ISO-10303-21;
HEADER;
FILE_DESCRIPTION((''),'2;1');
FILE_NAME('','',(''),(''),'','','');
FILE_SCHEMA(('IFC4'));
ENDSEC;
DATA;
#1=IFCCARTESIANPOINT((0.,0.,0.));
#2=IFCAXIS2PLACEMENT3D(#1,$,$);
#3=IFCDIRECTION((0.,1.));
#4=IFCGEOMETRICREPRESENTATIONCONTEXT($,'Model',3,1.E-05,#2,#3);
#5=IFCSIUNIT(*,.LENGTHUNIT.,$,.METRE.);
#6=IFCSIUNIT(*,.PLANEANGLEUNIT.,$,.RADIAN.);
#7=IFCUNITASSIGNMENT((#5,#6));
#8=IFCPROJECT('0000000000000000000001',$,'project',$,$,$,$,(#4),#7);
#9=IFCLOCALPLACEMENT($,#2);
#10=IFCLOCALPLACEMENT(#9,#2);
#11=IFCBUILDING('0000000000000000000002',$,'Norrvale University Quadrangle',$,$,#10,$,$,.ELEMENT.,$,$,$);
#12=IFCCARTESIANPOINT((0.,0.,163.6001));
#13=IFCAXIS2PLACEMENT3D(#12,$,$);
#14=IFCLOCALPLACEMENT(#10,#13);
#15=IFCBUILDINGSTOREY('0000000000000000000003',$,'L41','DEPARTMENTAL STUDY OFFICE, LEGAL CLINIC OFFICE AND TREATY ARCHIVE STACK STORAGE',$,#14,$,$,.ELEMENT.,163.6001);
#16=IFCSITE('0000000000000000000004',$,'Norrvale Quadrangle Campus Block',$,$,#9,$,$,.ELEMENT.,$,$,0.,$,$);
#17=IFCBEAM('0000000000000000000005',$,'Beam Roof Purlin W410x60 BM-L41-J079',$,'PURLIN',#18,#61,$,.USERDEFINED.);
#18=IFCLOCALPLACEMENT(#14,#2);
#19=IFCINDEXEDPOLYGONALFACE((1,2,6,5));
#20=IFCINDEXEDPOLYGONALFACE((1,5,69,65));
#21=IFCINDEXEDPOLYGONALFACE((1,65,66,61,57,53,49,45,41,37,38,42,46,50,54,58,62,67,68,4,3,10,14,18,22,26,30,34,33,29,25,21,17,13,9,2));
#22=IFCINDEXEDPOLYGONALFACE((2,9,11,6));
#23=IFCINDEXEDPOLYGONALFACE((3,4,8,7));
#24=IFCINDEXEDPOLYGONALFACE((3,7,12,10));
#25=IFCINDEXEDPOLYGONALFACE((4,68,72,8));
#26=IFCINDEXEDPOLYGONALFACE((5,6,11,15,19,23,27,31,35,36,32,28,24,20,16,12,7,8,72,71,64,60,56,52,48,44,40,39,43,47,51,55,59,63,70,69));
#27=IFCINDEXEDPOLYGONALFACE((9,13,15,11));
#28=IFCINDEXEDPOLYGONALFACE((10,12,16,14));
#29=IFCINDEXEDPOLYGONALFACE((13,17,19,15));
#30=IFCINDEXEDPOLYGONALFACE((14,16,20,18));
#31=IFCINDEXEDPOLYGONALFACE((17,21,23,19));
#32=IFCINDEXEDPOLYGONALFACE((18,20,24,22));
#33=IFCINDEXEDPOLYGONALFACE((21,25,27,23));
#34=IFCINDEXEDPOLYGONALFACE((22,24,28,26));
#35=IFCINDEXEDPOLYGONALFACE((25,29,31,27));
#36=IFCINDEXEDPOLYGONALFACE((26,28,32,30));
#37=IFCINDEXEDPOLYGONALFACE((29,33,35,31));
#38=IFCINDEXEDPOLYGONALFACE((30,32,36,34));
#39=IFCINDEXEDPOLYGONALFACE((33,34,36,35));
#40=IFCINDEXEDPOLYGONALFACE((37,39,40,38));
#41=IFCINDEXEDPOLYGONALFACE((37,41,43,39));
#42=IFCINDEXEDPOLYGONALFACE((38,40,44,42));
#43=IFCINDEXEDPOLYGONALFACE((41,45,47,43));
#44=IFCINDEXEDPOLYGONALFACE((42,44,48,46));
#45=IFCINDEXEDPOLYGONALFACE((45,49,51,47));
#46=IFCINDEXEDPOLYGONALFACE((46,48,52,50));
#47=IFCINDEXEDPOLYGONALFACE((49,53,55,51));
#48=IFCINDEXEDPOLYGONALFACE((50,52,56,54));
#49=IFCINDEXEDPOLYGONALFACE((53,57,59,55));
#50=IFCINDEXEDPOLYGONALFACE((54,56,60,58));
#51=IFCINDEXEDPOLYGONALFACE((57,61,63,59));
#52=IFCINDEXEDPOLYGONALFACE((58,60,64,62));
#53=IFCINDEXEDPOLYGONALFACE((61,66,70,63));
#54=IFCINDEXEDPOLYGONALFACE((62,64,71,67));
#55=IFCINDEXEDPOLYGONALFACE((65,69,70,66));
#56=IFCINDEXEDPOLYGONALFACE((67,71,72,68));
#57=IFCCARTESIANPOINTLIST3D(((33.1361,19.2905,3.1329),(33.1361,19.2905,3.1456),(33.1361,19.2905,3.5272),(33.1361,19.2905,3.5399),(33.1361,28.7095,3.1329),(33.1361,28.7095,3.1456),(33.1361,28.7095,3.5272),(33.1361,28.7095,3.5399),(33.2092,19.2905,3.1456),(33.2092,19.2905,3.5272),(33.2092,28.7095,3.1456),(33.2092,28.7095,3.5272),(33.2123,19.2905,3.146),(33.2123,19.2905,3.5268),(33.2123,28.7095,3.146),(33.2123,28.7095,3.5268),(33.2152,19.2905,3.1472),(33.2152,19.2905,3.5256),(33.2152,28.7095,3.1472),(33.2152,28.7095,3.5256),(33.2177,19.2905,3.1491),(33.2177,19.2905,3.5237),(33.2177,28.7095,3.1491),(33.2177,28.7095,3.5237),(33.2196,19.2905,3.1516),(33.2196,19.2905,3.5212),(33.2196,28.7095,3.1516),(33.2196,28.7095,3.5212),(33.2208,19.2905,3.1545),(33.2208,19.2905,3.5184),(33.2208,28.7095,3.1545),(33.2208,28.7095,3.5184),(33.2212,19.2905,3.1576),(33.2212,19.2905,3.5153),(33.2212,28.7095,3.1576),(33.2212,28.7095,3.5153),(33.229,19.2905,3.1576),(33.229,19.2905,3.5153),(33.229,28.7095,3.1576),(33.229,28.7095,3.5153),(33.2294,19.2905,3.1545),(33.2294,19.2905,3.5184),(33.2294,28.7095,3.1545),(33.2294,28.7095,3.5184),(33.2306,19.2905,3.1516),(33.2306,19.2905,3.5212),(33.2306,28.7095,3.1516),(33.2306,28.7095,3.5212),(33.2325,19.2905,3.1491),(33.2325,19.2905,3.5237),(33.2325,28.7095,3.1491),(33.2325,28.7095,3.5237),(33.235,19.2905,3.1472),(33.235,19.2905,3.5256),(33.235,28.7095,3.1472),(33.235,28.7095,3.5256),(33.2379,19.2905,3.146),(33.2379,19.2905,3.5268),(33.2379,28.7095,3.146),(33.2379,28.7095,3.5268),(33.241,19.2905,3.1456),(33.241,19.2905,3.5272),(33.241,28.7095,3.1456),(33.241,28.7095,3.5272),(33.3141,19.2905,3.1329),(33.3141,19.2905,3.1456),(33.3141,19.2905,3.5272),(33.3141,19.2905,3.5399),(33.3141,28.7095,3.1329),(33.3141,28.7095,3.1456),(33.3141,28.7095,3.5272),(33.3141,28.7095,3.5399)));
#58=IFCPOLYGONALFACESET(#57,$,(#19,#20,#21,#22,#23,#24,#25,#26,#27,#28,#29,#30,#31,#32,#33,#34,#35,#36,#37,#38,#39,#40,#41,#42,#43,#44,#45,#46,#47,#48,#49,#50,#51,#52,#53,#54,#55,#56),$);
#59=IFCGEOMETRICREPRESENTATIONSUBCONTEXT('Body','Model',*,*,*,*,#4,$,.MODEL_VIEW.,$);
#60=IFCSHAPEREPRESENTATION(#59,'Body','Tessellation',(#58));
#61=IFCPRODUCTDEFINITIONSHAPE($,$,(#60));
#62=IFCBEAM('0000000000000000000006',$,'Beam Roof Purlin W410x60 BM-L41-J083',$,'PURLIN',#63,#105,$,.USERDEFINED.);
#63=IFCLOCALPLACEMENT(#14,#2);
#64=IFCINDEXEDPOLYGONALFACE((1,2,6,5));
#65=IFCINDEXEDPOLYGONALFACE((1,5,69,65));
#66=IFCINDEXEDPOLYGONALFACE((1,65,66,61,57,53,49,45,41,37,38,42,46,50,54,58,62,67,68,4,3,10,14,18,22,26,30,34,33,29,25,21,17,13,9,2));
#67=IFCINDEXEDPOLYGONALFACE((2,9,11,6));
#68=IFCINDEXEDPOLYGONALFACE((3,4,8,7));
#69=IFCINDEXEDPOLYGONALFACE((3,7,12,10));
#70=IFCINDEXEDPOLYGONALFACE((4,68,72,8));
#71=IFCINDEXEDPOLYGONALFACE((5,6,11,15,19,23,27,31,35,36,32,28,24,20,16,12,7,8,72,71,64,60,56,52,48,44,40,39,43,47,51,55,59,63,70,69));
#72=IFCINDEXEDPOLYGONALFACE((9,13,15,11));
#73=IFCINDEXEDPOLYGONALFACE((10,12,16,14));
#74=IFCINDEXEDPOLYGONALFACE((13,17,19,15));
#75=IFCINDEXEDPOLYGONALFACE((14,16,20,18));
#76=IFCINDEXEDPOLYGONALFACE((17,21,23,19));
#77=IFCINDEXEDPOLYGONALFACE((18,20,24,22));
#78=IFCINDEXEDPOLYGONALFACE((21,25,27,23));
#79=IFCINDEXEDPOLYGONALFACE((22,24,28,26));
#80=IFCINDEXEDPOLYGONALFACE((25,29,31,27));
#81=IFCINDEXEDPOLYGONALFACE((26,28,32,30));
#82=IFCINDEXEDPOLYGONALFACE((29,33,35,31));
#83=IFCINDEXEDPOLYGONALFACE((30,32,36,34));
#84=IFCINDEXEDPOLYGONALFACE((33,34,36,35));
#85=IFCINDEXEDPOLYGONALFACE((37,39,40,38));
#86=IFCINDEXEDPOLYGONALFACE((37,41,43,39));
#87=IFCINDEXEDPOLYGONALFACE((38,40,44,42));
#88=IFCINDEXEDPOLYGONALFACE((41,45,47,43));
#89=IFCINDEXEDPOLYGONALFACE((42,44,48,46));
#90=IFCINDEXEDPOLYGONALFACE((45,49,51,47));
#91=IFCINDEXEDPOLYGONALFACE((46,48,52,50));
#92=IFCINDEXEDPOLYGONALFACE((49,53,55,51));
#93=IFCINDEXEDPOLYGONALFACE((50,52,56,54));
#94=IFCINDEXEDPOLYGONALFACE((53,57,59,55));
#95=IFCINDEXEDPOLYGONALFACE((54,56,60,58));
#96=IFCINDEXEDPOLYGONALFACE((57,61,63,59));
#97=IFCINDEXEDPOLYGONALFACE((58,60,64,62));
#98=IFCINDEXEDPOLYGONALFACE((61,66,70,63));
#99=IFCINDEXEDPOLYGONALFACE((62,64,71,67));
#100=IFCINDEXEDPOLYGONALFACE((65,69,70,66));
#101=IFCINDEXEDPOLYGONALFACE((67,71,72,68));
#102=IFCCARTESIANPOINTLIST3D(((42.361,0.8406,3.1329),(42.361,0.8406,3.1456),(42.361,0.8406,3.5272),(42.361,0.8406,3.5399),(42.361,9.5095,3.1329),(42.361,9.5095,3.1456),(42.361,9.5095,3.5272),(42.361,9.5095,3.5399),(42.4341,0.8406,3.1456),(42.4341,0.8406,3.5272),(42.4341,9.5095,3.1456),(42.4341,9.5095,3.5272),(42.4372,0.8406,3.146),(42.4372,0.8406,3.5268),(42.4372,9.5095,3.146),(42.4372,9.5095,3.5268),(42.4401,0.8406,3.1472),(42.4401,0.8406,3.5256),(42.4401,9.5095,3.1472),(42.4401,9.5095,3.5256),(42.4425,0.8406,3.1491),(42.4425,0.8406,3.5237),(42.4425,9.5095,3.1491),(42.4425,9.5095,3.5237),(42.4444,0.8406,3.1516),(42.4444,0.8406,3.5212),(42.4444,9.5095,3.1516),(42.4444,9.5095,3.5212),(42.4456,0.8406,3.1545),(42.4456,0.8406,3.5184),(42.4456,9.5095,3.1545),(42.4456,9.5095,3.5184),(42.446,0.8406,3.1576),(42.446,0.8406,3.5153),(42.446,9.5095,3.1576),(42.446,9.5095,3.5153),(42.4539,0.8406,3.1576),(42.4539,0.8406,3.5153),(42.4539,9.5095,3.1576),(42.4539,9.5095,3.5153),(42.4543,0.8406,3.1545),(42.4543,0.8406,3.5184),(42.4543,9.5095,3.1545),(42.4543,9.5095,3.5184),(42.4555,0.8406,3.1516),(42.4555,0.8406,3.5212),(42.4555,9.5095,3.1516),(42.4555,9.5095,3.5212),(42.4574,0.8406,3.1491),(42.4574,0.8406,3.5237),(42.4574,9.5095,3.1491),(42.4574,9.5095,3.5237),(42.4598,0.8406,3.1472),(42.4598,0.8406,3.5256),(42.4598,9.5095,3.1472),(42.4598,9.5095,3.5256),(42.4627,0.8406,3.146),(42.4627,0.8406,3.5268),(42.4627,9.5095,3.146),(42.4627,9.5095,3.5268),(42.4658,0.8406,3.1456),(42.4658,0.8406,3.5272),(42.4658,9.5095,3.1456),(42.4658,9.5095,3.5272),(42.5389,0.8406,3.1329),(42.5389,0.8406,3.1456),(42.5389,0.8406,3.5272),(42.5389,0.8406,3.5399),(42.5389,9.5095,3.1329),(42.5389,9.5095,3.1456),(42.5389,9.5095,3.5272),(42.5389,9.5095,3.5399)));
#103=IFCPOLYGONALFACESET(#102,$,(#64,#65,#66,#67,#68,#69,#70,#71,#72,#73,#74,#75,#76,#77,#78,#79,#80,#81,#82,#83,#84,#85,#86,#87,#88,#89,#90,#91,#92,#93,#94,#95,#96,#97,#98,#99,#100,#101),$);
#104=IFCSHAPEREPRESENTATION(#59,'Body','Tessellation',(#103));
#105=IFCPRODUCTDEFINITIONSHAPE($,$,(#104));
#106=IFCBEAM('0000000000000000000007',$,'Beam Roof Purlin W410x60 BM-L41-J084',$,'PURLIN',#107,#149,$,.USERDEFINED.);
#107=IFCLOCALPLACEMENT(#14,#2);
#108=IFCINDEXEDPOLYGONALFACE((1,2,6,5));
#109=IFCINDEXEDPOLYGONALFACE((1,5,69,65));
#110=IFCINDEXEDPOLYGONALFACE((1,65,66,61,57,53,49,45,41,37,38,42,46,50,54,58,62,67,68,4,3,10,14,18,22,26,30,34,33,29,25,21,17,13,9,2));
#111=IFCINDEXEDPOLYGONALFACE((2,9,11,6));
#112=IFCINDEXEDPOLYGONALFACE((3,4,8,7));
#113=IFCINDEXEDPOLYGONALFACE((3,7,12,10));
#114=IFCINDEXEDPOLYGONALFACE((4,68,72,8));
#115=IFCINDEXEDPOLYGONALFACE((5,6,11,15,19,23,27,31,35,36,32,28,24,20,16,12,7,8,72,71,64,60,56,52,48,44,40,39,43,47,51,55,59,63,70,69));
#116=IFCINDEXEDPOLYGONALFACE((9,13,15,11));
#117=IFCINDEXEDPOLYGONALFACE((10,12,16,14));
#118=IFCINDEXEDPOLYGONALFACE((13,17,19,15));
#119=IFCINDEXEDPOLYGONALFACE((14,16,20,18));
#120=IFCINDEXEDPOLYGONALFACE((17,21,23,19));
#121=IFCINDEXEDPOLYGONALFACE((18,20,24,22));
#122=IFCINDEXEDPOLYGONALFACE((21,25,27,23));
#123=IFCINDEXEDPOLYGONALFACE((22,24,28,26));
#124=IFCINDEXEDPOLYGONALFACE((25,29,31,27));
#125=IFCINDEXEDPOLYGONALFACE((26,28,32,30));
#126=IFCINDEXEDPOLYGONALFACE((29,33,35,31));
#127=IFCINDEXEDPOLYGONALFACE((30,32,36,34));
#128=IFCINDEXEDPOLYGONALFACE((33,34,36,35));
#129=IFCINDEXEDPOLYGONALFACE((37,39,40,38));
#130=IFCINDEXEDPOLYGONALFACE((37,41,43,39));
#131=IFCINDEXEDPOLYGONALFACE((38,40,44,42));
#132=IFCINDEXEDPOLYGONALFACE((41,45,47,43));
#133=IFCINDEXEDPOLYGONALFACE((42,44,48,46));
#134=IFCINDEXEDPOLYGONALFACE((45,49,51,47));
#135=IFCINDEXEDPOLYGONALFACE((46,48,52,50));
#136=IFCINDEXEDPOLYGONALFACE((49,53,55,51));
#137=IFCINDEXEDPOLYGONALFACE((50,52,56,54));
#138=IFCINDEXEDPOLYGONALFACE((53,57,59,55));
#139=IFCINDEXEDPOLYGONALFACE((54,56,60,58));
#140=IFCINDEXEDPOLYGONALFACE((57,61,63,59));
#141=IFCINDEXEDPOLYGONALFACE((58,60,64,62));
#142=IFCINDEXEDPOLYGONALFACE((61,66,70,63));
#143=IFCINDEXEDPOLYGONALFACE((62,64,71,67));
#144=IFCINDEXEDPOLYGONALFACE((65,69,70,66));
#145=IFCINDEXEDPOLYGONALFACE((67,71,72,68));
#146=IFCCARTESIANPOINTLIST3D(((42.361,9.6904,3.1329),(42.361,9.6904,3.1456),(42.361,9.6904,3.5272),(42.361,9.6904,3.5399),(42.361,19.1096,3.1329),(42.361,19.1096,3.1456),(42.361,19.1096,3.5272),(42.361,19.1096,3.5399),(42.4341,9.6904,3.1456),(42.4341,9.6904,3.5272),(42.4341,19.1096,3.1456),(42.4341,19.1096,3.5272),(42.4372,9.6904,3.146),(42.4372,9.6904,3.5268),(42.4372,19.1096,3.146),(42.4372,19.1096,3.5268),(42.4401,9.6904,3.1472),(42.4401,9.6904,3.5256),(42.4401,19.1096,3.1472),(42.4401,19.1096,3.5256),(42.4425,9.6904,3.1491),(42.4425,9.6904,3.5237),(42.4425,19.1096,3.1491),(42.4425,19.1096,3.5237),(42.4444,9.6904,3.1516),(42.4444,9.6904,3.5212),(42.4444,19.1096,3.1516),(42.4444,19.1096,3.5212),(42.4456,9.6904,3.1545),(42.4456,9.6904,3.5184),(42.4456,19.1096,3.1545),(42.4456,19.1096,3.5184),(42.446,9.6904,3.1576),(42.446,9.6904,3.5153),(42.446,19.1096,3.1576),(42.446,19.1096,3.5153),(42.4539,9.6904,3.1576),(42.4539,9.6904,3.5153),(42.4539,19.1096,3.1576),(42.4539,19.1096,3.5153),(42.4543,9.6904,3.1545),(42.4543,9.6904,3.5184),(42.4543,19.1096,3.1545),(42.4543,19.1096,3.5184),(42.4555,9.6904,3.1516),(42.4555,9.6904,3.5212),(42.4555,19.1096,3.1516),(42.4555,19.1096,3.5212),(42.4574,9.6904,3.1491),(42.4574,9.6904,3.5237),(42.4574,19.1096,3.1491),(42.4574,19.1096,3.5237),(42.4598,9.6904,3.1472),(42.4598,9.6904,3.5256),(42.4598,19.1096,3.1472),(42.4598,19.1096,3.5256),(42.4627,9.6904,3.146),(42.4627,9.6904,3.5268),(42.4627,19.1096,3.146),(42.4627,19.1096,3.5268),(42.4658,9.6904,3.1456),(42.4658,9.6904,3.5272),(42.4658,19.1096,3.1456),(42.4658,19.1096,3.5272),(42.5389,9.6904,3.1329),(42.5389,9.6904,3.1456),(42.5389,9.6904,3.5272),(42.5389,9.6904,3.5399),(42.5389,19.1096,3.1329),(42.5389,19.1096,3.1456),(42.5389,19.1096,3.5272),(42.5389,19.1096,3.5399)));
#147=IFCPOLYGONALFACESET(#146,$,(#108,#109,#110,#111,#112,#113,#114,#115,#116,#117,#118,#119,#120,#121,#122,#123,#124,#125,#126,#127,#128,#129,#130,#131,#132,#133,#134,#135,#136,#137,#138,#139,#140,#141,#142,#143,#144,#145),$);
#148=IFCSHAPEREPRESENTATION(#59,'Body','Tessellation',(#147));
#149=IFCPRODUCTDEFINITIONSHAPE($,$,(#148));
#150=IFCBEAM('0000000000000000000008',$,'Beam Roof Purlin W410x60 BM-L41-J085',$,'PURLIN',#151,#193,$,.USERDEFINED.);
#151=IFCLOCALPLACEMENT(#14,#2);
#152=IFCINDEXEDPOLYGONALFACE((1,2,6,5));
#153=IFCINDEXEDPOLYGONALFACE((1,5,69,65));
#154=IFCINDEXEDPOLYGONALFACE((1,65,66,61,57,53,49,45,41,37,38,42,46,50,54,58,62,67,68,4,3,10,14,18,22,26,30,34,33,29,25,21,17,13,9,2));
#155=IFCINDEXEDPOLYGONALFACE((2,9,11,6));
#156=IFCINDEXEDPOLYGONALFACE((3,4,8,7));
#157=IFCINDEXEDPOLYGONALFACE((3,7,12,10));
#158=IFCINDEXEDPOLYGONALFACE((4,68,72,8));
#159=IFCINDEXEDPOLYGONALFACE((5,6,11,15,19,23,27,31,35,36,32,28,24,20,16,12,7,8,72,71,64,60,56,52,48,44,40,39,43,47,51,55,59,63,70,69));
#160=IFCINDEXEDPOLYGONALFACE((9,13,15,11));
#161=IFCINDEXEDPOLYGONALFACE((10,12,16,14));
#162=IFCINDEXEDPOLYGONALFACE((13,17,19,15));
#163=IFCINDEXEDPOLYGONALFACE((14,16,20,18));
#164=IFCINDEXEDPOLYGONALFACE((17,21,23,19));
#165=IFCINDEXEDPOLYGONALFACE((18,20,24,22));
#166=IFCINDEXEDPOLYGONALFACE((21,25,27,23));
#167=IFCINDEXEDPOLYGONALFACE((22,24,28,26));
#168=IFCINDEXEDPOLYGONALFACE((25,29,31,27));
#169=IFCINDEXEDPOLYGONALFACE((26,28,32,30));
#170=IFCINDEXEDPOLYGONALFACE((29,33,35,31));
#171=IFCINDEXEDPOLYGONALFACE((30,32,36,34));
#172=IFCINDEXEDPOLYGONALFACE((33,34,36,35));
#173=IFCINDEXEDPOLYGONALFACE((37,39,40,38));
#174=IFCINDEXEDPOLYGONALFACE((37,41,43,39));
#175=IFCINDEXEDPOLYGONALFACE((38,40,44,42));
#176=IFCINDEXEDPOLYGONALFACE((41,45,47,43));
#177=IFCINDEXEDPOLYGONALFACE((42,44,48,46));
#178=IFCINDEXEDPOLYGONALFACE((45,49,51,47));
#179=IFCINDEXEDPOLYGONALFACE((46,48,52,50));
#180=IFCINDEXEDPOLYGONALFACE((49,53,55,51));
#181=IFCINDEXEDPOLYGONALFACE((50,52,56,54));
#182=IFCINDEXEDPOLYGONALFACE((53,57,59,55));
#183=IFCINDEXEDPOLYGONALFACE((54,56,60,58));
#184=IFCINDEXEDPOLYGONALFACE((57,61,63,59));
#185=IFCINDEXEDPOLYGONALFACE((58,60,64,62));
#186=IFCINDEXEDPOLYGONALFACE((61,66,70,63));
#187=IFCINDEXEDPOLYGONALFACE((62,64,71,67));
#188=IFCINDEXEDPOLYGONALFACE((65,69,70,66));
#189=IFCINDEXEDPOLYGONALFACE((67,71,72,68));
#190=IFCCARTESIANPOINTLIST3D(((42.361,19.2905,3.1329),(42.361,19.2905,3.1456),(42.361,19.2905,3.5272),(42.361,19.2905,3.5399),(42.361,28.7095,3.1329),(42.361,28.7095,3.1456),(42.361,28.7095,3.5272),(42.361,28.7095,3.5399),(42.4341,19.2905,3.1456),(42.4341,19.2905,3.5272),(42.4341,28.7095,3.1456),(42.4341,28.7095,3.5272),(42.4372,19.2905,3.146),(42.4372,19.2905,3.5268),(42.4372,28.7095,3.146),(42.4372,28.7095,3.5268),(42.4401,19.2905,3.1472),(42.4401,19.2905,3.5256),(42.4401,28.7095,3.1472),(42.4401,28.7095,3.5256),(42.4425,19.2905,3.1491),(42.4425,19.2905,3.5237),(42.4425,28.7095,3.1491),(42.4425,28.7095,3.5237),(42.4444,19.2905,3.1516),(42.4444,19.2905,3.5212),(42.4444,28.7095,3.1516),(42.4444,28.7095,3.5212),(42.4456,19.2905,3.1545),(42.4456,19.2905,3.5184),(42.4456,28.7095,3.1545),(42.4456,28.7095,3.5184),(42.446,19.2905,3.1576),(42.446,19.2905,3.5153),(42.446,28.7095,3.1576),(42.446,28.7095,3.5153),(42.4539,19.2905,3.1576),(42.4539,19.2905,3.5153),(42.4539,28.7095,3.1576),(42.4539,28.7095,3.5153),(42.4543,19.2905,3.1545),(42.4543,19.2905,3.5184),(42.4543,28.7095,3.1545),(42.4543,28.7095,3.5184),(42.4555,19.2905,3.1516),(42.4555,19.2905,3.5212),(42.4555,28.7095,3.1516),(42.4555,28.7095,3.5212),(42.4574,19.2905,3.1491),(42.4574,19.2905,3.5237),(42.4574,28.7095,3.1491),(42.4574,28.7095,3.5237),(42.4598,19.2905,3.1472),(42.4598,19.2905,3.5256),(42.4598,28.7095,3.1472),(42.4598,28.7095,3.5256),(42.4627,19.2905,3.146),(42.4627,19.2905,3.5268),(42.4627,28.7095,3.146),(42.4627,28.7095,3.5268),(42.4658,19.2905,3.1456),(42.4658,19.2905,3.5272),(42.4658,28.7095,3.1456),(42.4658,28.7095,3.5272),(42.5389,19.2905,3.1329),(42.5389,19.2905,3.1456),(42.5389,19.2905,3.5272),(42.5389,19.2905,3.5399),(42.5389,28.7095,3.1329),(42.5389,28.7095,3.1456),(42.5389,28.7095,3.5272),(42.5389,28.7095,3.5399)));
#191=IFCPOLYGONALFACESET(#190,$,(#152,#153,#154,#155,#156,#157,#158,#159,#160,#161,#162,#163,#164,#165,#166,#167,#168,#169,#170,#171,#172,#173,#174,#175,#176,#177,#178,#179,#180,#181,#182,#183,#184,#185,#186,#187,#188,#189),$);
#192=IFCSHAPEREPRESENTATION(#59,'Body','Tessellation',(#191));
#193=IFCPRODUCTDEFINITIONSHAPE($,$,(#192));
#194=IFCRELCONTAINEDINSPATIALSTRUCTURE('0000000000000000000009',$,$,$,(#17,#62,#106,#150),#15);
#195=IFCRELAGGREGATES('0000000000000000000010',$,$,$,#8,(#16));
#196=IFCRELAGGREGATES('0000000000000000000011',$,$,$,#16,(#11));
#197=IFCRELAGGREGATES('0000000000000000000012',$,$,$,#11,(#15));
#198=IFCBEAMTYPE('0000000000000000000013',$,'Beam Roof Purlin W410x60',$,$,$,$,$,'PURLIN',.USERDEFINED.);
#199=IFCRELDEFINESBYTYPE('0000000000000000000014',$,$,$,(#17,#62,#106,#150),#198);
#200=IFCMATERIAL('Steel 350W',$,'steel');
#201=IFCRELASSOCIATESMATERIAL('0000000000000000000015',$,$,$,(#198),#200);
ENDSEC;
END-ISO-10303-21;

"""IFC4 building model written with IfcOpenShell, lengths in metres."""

from ifc_helpers import new_model, si_unit, direction, frame, origin, origin_2d, place, context, subcontext, project, spatial, i_section, extrude, material, material_profile, profile_set, type_object, element, save


model = new_model("IFC4")

# Units and contexts
model_context = context("Model", 3, precision=1e-05, world=origin(), true_north=direction((0.0, 1.0)))
body_context = subcontext(model_context, "Body", "Model", "MODEL_VIEW")
ifc_project = project(units=[si_unit("LENGTHUNIT", "METRE"), si_unit("PLANEANGLEUNIT", "RADIAN")], contexts=[model_context])

# Site, building, storey
site_placement = place(None, origin())
site = spatial("IfcSite", under=ifc_project, at=site_placement, Name="Norrvale Quadrangle Campus Block", CompositionType="ELEMENT", RefElevation=0.0)
building_placement = place(site_placement, origin())
building = spatial("IfcBuilding", under=site, at=building_placement, Name="Norrvale University Quadrangle", CompositionType="ELEMENT")
storey_placement = place(building_placement, frame((0.0, 0.0, 163.6001)))
storey = spatial("IfcBuildingStorey", under=building, at=storey_placement, Name="L41", Description="DEPARTMENTAL STUDY OFFICE, LEGAL CLINIC OFFICE AND TREATY ARCHIVE STACK STORAGE", CompositionType="ELEMENT", Elevation=163.6001)

# Beams
ifc_material_1 = material(Name="Steel 350W", Category="steel")
ifc_material_profile_1 = material_profile(ifc_material_1, i_section(OverallWidth=0.178, OverallDepth=0.407, WebThickness=0.0078, FlangeThickness=0.0127, FilletRadius=0.012, at=origin_2d()), Name="Steel 350W")
ifc_profile_set_1 = profile_set([ifc_material_profile_1], Name="Steel 350W")
beam_type_1 = type_object("IfcBeamType", Name="Beam Roof Purlin W410x60", ElementType="PURLIN", PredefinedType="USERDEFINED", material=ifc_profile_set_1)
beam_1_placement = place(storey_placement, frame((33.2251, 19.2905, 3.3364), z_axis=(0.0, 1.0, 0.0), x_axis=(-1.0, 0.0, 0.0)))
element("IfcBeam", 1, at=beam_1_placement, inside=storey, type_object=beam_type_1, Name="Beam Roof Purlin W410x60 BM-L41-J079", ObjectType="PURLIN", PredefinedType="USERDEFINED", context=body_context, shape_type="SweptSolid", body=[
    extrude(i_section(OverallWidth=0.178, OverallDepth=0.407, WebThickness=0.0078, FlangeThickness=0.0127, FilletRadius=0.012, at=origin_2d()), origin(), (0.0, 0.0, 1.0), 9.4189),
])
beam_2_placement = place(storey_placement, frame((42.45, 0.8406, 3.3364), z_axis=(0.0, 1.0, 0.0), x_axis=(-1.0, 0.0, 0.0)))
element("IfcBeam", 2, at=beam_2_placement, inside=storey, type_object=beam_type_1, Name="Beam Roof Purlin W410x60 BM-L41-J083", ObjectType="PURLIN", PredefinedType="USERDEFINED", context=body_context, shape_type="SweptSolid", body=[
    extrude(i_section(OverallWidth=0.178, OverallDepth=0.407, WebThickness=0.0078, FlangeThickness=0.0127, FilletRadius=0.012, at=origin_2d()), origin(), (0.0, 0.0, 1.0), 8.6689),
])
beam_3_placement = place(storey_placement, frame((42.45, 9.6904, 3.3364), z_axis=(0.0, 1.0, 0.0), x_axis=(-1.0, 0.0, 0.0)))
element("IfcBeam", 3, at=beam_3_placement, inside=storey, type_object=beam_type_1, Name="Beam Roof Purlin W410x60 BM-L41-J084", ObjectType="PURLIN", PredefinedType="USERDEFINED", context=body_context, shape_type="SweptSolid", body=[
    extrude(i_section(OverallWidth=0.178, OverallDepth=0.407, WebThickness=0.0078, FlangeThickness=0.0127, FilletRadius=0.012, at=origin_2d()), origin(), (0.0, 0.0, 1.0), 9.4192),
])
beam_4_placement = place(storey_placement, frame((42.45, 19.2905, 3.3364), z_axis=(0.0, 1.0, 0.0), x_axis=(-1.0, 0.0, 0.0)))
element("IfcBeam", 4, at=beam_4_placement, inside=storey, type_object=beam_type_1, Name="Beam Roof Purlin W410x60 BM-L41-J085", ObjectType="PURLIN", PredefinedType="USERDEFINED", context=body_context, shape_type="SweptSolid", body=[
    extrude(i_section(OverallWidth=0.178, OverallDepth=0.407, WebThickness=0.0078, FlangeThickness=0.0127, FilletRadius=0.012, at=origin_2d()), origin(), (0.0, 0.0, 1.0), 9.4189),
])

save(model, "model.ifc")
